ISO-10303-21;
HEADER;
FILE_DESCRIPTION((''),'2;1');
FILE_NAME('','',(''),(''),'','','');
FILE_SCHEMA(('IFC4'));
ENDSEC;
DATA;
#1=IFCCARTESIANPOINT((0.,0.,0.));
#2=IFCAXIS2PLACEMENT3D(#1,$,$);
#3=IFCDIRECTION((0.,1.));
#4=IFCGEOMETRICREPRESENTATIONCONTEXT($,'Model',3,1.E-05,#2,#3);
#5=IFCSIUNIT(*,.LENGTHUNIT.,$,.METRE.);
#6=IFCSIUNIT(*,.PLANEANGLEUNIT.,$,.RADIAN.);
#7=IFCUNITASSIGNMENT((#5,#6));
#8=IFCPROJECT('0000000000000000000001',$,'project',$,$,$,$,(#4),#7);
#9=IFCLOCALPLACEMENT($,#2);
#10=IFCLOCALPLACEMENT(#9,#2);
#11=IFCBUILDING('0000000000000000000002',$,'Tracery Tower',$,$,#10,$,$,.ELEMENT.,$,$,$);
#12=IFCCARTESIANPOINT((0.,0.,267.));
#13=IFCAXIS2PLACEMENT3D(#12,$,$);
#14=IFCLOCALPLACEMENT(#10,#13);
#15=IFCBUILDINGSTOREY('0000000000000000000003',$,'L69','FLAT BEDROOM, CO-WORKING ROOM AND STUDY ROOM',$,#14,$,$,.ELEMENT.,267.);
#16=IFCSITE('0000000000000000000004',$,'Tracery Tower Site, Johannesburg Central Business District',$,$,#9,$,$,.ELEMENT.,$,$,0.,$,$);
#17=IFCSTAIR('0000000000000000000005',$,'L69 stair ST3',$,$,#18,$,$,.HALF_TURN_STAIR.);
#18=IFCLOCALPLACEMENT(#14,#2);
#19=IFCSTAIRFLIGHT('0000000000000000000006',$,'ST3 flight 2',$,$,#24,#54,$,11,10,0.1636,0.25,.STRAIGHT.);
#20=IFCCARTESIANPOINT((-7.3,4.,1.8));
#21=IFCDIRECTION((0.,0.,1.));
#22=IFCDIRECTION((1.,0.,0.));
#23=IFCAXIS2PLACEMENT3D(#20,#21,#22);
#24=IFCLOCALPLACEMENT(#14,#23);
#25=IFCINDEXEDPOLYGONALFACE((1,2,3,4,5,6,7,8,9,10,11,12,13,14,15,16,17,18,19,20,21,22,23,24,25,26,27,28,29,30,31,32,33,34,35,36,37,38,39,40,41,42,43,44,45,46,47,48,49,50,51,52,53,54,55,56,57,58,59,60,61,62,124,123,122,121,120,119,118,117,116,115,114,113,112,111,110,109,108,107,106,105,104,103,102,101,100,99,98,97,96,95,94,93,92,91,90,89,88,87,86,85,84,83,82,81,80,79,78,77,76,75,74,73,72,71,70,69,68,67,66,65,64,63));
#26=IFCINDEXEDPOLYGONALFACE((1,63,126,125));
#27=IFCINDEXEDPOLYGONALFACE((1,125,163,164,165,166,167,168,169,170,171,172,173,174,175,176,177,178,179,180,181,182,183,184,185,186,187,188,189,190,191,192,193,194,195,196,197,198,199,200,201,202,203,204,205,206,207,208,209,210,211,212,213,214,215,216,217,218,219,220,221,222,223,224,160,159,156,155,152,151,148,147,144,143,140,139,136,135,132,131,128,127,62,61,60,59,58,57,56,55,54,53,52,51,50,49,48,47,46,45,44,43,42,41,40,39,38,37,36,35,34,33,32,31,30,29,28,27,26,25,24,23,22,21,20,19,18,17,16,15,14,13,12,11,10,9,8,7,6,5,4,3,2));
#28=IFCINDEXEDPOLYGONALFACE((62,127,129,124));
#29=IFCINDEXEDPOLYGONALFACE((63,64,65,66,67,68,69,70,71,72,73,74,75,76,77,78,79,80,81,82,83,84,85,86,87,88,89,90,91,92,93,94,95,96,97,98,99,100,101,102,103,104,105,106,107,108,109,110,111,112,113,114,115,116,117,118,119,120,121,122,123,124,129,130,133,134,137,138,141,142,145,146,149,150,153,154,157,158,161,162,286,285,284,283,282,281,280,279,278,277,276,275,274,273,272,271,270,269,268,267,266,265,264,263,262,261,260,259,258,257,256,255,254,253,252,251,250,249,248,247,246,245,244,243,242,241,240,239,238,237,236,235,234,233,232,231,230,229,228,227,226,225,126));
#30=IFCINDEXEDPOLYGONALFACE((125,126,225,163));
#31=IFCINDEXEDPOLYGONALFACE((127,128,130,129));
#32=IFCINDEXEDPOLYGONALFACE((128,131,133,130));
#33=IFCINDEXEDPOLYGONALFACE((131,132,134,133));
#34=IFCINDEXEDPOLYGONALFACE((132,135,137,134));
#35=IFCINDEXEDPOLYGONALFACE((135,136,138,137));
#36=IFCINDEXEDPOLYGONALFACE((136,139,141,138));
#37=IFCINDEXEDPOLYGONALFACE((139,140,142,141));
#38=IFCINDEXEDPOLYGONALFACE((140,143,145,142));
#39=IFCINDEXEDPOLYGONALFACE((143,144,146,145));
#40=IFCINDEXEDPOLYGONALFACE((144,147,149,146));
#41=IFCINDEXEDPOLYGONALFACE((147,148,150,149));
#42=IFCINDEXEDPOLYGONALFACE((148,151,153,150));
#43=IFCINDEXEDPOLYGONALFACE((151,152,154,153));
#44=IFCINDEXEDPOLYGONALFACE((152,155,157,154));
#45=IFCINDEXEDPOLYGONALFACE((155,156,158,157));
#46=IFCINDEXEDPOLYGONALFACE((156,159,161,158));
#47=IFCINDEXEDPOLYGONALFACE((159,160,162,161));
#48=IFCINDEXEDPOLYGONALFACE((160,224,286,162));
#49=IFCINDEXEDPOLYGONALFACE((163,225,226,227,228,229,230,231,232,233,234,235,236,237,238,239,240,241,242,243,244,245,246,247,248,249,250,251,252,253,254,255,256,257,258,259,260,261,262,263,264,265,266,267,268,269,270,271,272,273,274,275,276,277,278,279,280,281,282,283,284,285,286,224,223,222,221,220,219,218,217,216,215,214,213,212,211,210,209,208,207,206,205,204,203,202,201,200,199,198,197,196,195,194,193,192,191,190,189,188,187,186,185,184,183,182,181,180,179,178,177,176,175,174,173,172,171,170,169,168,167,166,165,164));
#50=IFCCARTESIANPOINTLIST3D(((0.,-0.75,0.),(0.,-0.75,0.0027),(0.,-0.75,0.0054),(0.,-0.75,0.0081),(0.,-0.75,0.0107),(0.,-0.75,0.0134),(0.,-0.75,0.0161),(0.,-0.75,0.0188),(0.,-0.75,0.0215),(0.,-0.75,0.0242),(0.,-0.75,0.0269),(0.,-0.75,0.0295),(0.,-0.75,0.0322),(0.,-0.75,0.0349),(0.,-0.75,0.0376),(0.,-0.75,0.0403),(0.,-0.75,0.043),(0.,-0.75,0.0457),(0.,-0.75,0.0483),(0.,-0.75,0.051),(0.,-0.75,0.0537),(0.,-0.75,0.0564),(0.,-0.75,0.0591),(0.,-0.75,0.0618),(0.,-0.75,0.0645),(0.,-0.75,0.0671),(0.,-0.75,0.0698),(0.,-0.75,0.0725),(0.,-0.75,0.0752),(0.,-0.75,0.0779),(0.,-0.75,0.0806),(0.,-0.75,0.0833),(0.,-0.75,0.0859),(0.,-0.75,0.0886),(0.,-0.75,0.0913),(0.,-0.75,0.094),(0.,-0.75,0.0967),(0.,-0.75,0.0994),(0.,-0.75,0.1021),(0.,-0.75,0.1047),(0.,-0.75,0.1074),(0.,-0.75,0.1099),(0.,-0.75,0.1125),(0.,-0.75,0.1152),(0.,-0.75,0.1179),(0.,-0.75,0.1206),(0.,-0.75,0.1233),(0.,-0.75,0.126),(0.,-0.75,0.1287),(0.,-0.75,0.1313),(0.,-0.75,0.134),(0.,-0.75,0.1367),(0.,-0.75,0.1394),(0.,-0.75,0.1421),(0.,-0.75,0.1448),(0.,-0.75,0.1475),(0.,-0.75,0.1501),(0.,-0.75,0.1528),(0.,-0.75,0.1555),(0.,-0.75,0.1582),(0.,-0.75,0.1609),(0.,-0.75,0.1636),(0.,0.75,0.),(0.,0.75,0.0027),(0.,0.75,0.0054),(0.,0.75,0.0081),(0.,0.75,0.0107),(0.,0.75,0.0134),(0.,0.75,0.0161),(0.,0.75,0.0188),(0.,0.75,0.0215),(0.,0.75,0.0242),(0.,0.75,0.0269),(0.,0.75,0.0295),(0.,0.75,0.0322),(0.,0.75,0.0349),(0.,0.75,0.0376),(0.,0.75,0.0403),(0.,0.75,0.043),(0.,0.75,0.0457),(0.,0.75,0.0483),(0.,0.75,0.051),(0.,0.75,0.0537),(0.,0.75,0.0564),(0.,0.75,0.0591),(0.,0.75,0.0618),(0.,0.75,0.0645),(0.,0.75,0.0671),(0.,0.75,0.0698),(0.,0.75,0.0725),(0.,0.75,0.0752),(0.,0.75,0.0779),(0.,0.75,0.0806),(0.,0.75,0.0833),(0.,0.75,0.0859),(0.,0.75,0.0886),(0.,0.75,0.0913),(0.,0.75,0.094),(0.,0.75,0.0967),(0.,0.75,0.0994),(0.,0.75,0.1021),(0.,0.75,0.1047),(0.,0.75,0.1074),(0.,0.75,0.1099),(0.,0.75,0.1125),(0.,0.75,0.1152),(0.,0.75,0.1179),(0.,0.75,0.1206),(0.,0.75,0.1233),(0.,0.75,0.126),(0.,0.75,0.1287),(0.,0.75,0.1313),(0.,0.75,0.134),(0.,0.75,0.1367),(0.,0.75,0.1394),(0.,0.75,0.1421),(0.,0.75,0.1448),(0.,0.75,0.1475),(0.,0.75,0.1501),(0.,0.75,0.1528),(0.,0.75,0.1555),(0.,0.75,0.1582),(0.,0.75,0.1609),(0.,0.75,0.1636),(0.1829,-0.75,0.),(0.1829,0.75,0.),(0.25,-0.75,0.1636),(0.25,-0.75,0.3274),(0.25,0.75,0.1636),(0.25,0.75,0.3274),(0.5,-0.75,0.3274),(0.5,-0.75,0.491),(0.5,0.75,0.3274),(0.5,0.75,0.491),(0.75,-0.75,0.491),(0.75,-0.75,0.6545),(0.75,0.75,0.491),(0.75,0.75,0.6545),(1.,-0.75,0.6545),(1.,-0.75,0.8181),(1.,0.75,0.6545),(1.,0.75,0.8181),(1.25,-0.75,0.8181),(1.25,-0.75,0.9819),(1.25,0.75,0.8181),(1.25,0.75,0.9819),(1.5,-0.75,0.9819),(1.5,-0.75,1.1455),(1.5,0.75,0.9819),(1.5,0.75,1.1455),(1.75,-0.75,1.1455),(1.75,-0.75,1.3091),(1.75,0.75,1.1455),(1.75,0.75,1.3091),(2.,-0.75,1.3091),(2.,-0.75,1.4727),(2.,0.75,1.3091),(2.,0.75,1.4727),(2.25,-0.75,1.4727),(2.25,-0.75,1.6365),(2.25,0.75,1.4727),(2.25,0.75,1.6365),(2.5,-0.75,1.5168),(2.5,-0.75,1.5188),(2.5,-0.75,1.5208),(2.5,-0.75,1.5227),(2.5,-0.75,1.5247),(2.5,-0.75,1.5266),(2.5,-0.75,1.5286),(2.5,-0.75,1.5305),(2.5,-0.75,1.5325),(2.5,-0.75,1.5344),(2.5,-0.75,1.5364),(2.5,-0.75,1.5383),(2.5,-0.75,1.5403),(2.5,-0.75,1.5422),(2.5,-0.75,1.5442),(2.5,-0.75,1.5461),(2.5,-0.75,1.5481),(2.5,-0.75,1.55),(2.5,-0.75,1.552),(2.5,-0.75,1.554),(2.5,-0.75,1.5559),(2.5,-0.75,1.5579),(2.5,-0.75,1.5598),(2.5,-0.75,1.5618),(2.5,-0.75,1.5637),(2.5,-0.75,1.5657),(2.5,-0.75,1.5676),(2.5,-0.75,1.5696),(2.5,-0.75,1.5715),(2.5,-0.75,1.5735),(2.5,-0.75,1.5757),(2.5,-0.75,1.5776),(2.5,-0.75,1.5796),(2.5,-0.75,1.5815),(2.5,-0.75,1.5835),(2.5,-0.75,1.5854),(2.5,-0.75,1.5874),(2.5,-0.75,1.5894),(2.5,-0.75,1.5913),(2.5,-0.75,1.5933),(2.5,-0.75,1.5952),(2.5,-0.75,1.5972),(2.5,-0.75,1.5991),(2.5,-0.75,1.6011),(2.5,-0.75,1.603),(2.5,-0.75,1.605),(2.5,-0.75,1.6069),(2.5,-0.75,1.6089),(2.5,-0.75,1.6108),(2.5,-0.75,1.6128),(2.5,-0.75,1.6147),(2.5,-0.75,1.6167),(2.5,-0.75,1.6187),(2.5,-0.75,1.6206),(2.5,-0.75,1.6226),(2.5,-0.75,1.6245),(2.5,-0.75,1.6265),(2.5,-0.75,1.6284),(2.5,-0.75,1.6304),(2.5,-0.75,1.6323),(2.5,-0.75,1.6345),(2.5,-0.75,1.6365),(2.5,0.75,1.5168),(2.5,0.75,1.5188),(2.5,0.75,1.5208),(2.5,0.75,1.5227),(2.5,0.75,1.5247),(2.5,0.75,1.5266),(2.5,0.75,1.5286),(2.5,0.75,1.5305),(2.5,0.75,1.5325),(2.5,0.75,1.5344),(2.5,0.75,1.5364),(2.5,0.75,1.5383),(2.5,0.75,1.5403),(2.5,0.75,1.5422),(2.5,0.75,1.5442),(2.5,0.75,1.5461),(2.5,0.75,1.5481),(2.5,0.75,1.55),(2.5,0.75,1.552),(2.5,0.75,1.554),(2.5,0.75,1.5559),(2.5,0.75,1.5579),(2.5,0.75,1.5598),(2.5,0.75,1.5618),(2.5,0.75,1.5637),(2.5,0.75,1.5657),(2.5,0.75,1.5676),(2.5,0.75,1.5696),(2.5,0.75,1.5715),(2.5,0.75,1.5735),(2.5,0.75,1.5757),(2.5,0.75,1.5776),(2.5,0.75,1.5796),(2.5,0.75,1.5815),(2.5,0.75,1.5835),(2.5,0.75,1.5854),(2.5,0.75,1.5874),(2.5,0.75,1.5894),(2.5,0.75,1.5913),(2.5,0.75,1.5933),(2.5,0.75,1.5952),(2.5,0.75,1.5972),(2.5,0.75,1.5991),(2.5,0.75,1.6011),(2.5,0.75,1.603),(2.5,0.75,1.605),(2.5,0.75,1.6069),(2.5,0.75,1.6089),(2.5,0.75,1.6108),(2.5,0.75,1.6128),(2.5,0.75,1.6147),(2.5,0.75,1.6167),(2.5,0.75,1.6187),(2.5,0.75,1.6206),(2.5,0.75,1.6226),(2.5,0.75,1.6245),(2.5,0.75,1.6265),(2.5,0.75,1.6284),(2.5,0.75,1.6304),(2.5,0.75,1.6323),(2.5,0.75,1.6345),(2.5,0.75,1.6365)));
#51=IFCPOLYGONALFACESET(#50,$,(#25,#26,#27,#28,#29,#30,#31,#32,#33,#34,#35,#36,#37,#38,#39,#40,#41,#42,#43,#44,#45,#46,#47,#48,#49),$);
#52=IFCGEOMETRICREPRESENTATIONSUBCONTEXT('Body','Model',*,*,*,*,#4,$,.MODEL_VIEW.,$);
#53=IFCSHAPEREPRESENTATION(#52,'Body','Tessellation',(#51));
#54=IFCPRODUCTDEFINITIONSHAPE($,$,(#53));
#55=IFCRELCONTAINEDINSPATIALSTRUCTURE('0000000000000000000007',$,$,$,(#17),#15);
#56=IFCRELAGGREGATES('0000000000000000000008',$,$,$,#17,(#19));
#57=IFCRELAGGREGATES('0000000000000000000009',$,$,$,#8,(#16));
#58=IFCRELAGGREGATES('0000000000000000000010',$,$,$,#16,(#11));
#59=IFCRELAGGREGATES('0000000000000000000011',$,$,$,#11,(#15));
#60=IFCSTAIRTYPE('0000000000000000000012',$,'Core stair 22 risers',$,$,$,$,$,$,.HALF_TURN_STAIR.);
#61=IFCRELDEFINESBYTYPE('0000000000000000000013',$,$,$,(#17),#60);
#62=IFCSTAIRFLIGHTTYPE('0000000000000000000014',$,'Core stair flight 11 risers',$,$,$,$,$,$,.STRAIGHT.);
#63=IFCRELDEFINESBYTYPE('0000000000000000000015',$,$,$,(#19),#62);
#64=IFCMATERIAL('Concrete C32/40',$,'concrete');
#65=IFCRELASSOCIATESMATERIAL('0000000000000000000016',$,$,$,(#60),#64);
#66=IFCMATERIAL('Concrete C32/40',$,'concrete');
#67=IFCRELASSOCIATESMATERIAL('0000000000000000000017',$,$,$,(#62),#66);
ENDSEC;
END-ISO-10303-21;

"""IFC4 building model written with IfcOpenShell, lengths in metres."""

from ifc_helpers import new_model, si_unit, direction, frame, origin, place, context, subcontext, project, spatial, polyline, outline, extrude, material, type_object, element, aggregate, save


model = new_model("IFC4")

# Units and contexts
model_context = context("Model", 3, precision=1e-05, world=origin(), true_north=direction((0.0, 1.0)))
body_context = subcontext(model_context, "Body", "Model", "MODEL_VIEW")
ifc_project = project(units=[si_unit("LENGTHUNIT", "METRE"), si_unit("PLANEANGLEUNIT", "RADIAN")], contexts=[model_context])

# Site, building, storey
site_placement = place(None, origin())
site = spatial("IfcSite", under=ifc_project, at=site_placement, Name="Tracery Tower Site, Johannesburg Central Business District", CompositionType="ELEMENT", RefElevation=0.0)
building_placement = place(site_placement, origin())
building = spatial("IfcBuilding", under=site, at=building_placement, Name="Tracery Tower", CompositionType="ELEMENT")
storey_placement = place(building_placement, frame((0.0, 0.0, 267.0)))
storey = spatial("IfcBuildingStorey", under=building, at=storey_placement, Name="L69", Description="FLAT BEDROOM, CO-WORKING ROOM AND STUDY ROOM", CompositionType="ELEMENT", Elevation=267.0)

# Stair, stair flight
ifc_material_1 = material(Name="Concrete C32/40", Category="concrete")
stair_type = type_object("IfcStairType", Name="Core stair 22 risers", PredefinedType="HALF_TURN_STAIR", material=ifc_material_1)
stair_placement = place(storey_placement, origin())
stair = element("IfcStair", 1, at=stair_placement, inside=storey, type_object=stair_type, Name="L69 stair ST3", PredefinedType="HALF_TURN_STAIR")
ifc_material_2 = material(Name="Concrete C32/40", Category="concrete")
stair_flight_type = type_object("IfcStairFlightType", Name="Core stair flight 11 risers", PredefinedType="STRAIGHT", material=ifc_material_2)
stair_flight_1_placement = place(storey_placement, frame((-7.3, 4.0, 1.8), z_axis=(0.0, 0.0, 1.0), x_axis=(1.0, 0.0, 0.0)))
stair_flight_1 = element("IfcStairFlight", 2, at=stair_flight_1_placement, type_object=stair_flight_type, Name="ST3 flight 2", NumberOfRisers=11, NumberOfTreads=10, PredefinedType="STRAIGHT", RiserHeight=0.1636, TreadLength=0.25, context=body_context, shape_type="SweptSolid", body=[
    extrude(outline(polyline([(0.0, 0.0), (0.0, 0.0027), (0.0, 0.0054), (0.0, 0.0081), (0.0, 0.0107), (0.0, 0.0134), (0.0, 0.0161), (0.0, 0.0188), (0.0, 0.0215), (0.0, 0.0242), (0.0, 0.0269), (0.0, 0.0295), (0.0, 0.0322), (0.0, 0.0349), (0.0, 0.0376), (0.0, 0.0403), (0.0, 0.043), (0.0, 0.0457), (0.0, 0.0483), (0.0, 0.051), (0.0, 0.0537), (0.0, 0.0564), (0.0, 0.0591), (0.0, 0.0618), (0.0, 0.0645), (0.0, 0.0671), (0.0, 0.0698), (0.0, 0.0725), (0.0, 0.0752), (0.0, 0.0779), (0.0, 0.0806), (0.0, 0.0833), (0.0, 0.0859), (0.0, 0.0886), (0.0, 0.0913), (0.0, 0.094), (0.0, 0.0967), (0.0, 0.0994), (0.0, 0.1021), (0.0, 0.1047), (0.0, 0.1074), (0.0, 0.1099), (0.0, 0.1125), (0.0, 0.1152), (0.0, 0.1179), (0.0, 0.1206), (0.0, 0.1233), (0.0, 0.126), (0.0, 0.1287), (0.0, 0.1313), (0.0, 0.134), (0.0, 0.1367), (0.0, 0.1394), (0.0, 0.1421), (0.0, 0.1448), (0.0, 0.1475), (0.0, 0.1501), (0.0, 0.1528), (0.0, 0.1555), (0.0, 0.1582), (0.0, 0.1609), (0.0, 0.1636), (0.25, 0.1636), (0.25, 0.3274), (0.5, 0.3274), (0.5, 0.491), (0.75, 0.491), (0.75, 0.6545), (1.0, 0.6545), (1.0, 0.8181), (1.25, 0.8181), (1.25, 0.9819), (1.5, 0.9819), (1.5, 1.1455), (1.75, 1.1455), (1.75, 1.3091), (2.0, 1.3091), (2.0, 1.4727), (2.25, 1.4727), (2.25, 1.6365), (2.5, 1.6365), (2.5, 1.6345), (2.5, 1.6323), (2.5, 1.6304), (2.5, 1.6284), (2.5, 1.6265), (2.5, 1.6245), (2.5, 1.6226), (2.5, 1.6206), (2.5, 1.6187), (2.5, 1.6167), (2.5, 1.6147), (2.5, 1.6128), (2.5, 1.6108), (2.5, 1.6089), (2.5, 1.6069), (2.5, 1.605), (2.5, 1.603), (2.5, 1.6011), (2.5, 1.5991), (2.5, 1.5972), (2.5, 1.5952), (2.5, 1.5933), (2.5, 1.5913), (2.5, 1.5894), (2.5, 1.5874), (2.5, 1.5854), (2.5, 1.5835), (2.5, 1.5815), (2.5, 1.5796), (2.5, 1.5776), (2.5, 1.5757), (2.5, 1.5735), (2.5, 1.5715), (2.5, 1.5696), (2.5, 1.5676), (2.5, 1.5657), (2.5, 1.5637), (2.5, 1.5618), (2.5, 1.5598), (2.5, 1.5579), (2.5, 1.5559), (2.5, 1.554), (2.5, 1.552), (2.5, 1.55), (2.5, 1.5481), (2.5, 1.5461), (2.5, 1.5442), (2.5, 1.5422), (2.5, 1.5403), (2.5, 1.5383), (2.5, 1.5364), (2.5, 1.5344), (2.5, 1.5325), (2.5, 1.5305), (2.5, 1.5286), (2.5, 1.5266), (2.5, 1.5247), (2.5, 1.5227), (2.5, 1.5208), (2.5, 1.5188), (2.5, 1.5168), (0.1829, 0.0), (0.0, 0.0)])), frame((0.0, 0.75, 0.0), z_axis=(0.0, -1.0, 0.0), x_axis=(1.0, 0.0, 0.0)), (0.0, 0.0, 1.0), 1.5),
])
aggregate(stair, [stair_flight_1])

save(model, "model.ifc")
